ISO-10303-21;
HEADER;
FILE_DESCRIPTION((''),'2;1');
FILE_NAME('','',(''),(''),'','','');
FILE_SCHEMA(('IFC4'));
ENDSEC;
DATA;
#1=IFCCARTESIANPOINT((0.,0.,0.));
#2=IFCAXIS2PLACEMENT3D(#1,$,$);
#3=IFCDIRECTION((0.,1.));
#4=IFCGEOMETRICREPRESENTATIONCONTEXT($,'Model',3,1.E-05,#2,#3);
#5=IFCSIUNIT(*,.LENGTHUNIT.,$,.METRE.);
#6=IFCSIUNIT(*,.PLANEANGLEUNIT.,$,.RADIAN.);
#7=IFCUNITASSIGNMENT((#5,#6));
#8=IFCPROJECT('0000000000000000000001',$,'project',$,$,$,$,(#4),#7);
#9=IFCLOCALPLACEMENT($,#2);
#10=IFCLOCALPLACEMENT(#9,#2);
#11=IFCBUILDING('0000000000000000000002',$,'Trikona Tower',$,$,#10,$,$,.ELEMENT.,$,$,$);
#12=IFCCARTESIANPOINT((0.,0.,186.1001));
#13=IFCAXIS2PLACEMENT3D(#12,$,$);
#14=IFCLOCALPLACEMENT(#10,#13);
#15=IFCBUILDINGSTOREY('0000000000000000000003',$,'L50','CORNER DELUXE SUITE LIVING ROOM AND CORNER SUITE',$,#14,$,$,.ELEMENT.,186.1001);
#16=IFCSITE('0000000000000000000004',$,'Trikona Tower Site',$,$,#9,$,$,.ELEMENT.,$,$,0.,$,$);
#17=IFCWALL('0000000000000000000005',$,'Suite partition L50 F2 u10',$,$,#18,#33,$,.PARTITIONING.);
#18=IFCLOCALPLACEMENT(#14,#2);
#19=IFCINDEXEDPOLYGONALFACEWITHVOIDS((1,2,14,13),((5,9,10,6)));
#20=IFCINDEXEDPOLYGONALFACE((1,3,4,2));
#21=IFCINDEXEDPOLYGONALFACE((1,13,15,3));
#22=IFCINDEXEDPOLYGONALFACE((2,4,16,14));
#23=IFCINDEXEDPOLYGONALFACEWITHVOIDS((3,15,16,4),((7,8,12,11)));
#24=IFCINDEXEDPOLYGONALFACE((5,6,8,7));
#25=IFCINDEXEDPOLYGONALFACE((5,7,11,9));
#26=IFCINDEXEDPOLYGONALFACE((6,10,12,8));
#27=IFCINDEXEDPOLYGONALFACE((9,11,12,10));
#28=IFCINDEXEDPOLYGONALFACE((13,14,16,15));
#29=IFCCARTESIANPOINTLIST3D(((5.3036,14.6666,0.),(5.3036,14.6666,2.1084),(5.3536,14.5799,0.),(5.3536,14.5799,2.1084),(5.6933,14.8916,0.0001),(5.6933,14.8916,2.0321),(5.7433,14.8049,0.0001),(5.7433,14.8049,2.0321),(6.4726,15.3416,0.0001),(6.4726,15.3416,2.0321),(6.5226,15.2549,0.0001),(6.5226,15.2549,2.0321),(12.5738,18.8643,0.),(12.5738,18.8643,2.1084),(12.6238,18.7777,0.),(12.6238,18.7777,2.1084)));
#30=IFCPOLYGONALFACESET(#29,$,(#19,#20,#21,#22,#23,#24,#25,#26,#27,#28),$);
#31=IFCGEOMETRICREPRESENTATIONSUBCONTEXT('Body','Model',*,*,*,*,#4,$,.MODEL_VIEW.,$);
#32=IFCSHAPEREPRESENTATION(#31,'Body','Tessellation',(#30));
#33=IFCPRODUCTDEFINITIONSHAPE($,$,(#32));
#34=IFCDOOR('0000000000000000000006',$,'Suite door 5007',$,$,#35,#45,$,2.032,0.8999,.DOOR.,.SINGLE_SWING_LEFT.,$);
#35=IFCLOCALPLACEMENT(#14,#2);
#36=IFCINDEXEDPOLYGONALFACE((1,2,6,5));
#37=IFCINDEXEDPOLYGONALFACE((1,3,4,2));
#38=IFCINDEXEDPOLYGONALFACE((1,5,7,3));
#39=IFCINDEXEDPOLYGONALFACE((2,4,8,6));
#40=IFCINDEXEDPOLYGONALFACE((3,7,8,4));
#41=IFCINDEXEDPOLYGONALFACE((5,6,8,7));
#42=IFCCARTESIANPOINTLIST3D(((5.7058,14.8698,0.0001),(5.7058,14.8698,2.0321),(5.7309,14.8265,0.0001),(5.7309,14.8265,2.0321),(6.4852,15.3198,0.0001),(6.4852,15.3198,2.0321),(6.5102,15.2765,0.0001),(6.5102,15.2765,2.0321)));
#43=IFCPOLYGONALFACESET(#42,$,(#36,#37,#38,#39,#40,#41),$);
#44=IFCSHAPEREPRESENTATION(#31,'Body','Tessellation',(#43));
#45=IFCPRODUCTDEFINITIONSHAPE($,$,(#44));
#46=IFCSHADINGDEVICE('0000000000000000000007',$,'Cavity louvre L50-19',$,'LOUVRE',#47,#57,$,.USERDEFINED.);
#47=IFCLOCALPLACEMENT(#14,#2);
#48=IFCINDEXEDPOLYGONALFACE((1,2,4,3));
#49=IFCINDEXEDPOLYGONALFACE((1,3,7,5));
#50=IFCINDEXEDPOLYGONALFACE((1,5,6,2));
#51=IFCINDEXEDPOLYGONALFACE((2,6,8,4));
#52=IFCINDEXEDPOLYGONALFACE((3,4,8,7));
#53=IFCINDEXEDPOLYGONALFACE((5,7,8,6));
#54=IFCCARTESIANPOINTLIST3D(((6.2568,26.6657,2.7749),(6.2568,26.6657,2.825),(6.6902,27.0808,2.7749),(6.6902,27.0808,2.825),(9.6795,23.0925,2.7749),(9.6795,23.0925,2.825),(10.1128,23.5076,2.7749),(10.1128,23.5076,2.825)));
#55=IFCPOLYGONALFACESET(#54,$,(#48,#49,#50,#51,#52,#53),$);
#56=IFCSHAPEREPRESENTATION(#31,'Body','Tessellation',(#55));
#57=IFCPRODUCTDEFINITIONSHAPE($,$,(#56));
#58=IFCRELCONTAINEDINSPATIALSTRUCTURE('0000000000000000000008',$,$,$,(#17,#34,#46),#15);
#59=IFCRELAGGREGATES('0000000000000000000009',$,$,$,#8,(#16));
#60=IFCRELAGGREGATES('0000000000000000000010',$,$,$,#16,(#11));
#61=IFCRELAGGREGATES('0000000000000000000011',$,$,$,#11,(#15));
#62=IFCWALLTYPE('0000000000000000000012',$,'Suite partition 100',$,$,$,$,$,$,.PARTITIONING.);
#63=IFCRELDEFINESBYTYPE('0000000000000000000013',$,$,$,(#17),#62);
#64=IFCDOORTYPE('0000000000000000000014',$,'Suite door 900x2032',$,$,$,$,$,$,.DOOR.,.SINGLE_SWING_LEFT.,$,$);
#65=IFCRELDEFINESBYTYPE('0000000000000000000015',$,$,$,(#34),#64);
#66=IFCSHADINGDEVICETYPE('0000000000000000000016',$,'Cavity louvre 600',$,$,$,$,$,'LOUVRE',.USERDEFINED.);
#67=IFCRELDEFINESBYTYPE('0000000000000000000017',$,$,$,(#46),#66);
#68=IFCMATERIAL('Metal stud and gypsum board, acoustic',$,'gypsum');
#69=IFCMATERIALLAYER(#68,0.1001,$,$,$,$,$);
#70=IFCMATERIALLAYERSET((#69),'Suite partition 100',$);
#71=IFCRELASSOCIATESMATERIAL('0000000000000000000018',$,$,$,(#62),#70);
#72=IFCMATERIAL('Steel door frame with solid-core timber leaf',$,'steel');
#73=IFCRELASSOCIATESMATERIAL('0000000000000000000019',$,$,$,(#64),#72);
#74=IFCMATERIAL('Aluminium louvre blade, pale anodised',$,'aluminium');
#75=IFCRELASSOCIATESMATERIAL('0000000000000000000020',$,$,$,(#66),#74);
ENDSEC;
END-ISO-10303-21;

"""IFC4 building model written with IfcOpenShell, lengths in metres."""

from ifc_helpers import new_model, si_unit, direction, frame, frame_2d, origin, origin_2d, place, context, subcontext, project, spatial, rectangle, extrude, material, layer, layer_set, type_object, element, fill, save


model = new_model("IFC4")

# Units and contexts
model_context = context("Model", 3, precision=1e-05, world=origin(), true_north=direction((0.0, 1.0)))
body_context = subcontext(model_context, "Body", "Model", "MODEL_VIEW")
ifc_project = project(units=[si_unit("LENGTHUNIT", "METRE"), si_unit("PLANEANGLEUNIT", "RADIAN")], contexts=[model_context])

# Site, building, storey
site_placement = place(None, origin())
site = spatial("IfcSite", under=ifc_project, at=site_placement, Name="Trikona Tower Site", CompositionType="ELEMENT", RefElevation=0.0)
building_placement = place(site_placement, origin())
building = spatial("IfcBuilding", under=site, at=building_placement, Name="Trikona Tower", CompositionType="ELEMENT")
storey_placement = place(building_placement, frame((0.0, 0.0, 186.1001)))
storey = spatial("IfcBuildingStorey", under=building, at=storey_placement, Name="L50", Description="CORNER DELUXE SUITE LIVING ROOM AND CORNER SUITE", CompositionType="ELEMENT", Elevation=186.1001)

# Wall, opening, door
ifc_material_1 = material(Name="Metal stud and gypsum board, acoustic", Category="gypsum")
ifc_layer_1 = layer(ifc_material_1, 0.1001)
ifc_layer_set_1 = layer_set([ifc_layer_1], Name="Suite partition 100")
wall_type_1 = type_object("IfcWallType", Name="Suite partition 100", PredefinedType="PARTITIONING", material=ifc_layer_set_1)
wall_1_placement = place(storey_placement, frame((5.3286, 14.6233, 0.0), z_axis=(0.0, 0.0, 1.0), x_axis=(0.866012, 0.500024, 0.0)))
wall_1 = element("IfcWall", 1, at=wall_1_placement, inside=storey, type_object=wall_type_1, Name="Suite partition L50 F2 u10", PredefinedType="PARTITIONING", context=body_context, shape_type="SweptSolid", body=[
    extrude(rectangle(XDim=8.395, YDim=0.1001, at=frame_2d((4.1975, 0.0))), origin(), (0.0, 0.0, 1.0), 2.1084),
])
opening_1_placement = place(wall_1_placement, frame((0.45, 0.0, 0.0)))
opening_1 = element("IfcOpeningElement", 2, at=opening_1_placement, cuts=wall_1, PredefinedType="OPENING", context=body_context, shape_type="SweptSolid", body=[
    extrude(rectangle(XDim=0.8999, YDim=2.032, at=frame_2d((0.45, 1.0161))), frame((0.0, 0.0601, 0.0), z_axis=(0.0, -1.0, 0.0), x_axis=(1.0, 0.0, 0.0)), (0.0, 0.0, 1.0), 0.1201),
])
ifc_material_2 = material(Name="Steel door frame with solid-core timber leaf", Category="steel")
door_type_1 = type_object("IfcDoorType", Name="Suite door 900x2032", OperationType="SINGLE_SWING_LEFT", PredefinedType="DOOR", material=ifc_material_2)
door_1_placement = place(opening_1_placement, origin())
door_1 = element("IfcDoor", 3, at=door_1_placement, inside=storey, type_object=door_type_1, Name="Suite door 5007", OperationType="SINGLE_SWING_LEFT", OverallHeight=2.032, OverallWidth=0.8999, PredefinedType="DOOR", context=body_context, shape_type="SweptSolid", body=[
    extrude(rectangle(XDim=0.8999, YDim=2.032, at=frame_2d((0.45, 1.0161))), frame((0.0, 0.0249, 0.0), z_axis=(0.0, -1.0, 0.0), x_axis=(1.0, 0.0, 0.0)), (0.0, 0.0, 1.0), 0.05),
])
fill(opening_1, door_1)

# Shading device
ifc_material_3 = material(Name="Aluminium louvre blade, pale anodised", Category="aluminium")
shading_device_type = type_object("IfcShadingDeviceType", Name="Cavity louvre 600", ElementType="LOUVRE", PredefinedType="USERDEFINED", material=ifc_material_3)
shading_device_placement = place(storey_placement, frame((8.1848, 25.0867, 2.7749), z_axis=(0.0, 0.0, 1.0), x_axis=(-0.691724, 0.722162, 0.0)))
element("IfcShadingDevice", 4, at=shading_device_placement, inside=storey, type_object=shading_device_type, Name="Cavity louvre L50-19", ObjectType="LOUVRE", PredefinedType="USERDEFINED", context=body_context, shape_type="SweptSolid", body=[
    extrude(rectangle(XDim=4.948, YDim=0.6001, at=origin_2d()), origin(), (0.0, 0.0, 1.0), 0.05),
])

save(model, "model.ifc")
